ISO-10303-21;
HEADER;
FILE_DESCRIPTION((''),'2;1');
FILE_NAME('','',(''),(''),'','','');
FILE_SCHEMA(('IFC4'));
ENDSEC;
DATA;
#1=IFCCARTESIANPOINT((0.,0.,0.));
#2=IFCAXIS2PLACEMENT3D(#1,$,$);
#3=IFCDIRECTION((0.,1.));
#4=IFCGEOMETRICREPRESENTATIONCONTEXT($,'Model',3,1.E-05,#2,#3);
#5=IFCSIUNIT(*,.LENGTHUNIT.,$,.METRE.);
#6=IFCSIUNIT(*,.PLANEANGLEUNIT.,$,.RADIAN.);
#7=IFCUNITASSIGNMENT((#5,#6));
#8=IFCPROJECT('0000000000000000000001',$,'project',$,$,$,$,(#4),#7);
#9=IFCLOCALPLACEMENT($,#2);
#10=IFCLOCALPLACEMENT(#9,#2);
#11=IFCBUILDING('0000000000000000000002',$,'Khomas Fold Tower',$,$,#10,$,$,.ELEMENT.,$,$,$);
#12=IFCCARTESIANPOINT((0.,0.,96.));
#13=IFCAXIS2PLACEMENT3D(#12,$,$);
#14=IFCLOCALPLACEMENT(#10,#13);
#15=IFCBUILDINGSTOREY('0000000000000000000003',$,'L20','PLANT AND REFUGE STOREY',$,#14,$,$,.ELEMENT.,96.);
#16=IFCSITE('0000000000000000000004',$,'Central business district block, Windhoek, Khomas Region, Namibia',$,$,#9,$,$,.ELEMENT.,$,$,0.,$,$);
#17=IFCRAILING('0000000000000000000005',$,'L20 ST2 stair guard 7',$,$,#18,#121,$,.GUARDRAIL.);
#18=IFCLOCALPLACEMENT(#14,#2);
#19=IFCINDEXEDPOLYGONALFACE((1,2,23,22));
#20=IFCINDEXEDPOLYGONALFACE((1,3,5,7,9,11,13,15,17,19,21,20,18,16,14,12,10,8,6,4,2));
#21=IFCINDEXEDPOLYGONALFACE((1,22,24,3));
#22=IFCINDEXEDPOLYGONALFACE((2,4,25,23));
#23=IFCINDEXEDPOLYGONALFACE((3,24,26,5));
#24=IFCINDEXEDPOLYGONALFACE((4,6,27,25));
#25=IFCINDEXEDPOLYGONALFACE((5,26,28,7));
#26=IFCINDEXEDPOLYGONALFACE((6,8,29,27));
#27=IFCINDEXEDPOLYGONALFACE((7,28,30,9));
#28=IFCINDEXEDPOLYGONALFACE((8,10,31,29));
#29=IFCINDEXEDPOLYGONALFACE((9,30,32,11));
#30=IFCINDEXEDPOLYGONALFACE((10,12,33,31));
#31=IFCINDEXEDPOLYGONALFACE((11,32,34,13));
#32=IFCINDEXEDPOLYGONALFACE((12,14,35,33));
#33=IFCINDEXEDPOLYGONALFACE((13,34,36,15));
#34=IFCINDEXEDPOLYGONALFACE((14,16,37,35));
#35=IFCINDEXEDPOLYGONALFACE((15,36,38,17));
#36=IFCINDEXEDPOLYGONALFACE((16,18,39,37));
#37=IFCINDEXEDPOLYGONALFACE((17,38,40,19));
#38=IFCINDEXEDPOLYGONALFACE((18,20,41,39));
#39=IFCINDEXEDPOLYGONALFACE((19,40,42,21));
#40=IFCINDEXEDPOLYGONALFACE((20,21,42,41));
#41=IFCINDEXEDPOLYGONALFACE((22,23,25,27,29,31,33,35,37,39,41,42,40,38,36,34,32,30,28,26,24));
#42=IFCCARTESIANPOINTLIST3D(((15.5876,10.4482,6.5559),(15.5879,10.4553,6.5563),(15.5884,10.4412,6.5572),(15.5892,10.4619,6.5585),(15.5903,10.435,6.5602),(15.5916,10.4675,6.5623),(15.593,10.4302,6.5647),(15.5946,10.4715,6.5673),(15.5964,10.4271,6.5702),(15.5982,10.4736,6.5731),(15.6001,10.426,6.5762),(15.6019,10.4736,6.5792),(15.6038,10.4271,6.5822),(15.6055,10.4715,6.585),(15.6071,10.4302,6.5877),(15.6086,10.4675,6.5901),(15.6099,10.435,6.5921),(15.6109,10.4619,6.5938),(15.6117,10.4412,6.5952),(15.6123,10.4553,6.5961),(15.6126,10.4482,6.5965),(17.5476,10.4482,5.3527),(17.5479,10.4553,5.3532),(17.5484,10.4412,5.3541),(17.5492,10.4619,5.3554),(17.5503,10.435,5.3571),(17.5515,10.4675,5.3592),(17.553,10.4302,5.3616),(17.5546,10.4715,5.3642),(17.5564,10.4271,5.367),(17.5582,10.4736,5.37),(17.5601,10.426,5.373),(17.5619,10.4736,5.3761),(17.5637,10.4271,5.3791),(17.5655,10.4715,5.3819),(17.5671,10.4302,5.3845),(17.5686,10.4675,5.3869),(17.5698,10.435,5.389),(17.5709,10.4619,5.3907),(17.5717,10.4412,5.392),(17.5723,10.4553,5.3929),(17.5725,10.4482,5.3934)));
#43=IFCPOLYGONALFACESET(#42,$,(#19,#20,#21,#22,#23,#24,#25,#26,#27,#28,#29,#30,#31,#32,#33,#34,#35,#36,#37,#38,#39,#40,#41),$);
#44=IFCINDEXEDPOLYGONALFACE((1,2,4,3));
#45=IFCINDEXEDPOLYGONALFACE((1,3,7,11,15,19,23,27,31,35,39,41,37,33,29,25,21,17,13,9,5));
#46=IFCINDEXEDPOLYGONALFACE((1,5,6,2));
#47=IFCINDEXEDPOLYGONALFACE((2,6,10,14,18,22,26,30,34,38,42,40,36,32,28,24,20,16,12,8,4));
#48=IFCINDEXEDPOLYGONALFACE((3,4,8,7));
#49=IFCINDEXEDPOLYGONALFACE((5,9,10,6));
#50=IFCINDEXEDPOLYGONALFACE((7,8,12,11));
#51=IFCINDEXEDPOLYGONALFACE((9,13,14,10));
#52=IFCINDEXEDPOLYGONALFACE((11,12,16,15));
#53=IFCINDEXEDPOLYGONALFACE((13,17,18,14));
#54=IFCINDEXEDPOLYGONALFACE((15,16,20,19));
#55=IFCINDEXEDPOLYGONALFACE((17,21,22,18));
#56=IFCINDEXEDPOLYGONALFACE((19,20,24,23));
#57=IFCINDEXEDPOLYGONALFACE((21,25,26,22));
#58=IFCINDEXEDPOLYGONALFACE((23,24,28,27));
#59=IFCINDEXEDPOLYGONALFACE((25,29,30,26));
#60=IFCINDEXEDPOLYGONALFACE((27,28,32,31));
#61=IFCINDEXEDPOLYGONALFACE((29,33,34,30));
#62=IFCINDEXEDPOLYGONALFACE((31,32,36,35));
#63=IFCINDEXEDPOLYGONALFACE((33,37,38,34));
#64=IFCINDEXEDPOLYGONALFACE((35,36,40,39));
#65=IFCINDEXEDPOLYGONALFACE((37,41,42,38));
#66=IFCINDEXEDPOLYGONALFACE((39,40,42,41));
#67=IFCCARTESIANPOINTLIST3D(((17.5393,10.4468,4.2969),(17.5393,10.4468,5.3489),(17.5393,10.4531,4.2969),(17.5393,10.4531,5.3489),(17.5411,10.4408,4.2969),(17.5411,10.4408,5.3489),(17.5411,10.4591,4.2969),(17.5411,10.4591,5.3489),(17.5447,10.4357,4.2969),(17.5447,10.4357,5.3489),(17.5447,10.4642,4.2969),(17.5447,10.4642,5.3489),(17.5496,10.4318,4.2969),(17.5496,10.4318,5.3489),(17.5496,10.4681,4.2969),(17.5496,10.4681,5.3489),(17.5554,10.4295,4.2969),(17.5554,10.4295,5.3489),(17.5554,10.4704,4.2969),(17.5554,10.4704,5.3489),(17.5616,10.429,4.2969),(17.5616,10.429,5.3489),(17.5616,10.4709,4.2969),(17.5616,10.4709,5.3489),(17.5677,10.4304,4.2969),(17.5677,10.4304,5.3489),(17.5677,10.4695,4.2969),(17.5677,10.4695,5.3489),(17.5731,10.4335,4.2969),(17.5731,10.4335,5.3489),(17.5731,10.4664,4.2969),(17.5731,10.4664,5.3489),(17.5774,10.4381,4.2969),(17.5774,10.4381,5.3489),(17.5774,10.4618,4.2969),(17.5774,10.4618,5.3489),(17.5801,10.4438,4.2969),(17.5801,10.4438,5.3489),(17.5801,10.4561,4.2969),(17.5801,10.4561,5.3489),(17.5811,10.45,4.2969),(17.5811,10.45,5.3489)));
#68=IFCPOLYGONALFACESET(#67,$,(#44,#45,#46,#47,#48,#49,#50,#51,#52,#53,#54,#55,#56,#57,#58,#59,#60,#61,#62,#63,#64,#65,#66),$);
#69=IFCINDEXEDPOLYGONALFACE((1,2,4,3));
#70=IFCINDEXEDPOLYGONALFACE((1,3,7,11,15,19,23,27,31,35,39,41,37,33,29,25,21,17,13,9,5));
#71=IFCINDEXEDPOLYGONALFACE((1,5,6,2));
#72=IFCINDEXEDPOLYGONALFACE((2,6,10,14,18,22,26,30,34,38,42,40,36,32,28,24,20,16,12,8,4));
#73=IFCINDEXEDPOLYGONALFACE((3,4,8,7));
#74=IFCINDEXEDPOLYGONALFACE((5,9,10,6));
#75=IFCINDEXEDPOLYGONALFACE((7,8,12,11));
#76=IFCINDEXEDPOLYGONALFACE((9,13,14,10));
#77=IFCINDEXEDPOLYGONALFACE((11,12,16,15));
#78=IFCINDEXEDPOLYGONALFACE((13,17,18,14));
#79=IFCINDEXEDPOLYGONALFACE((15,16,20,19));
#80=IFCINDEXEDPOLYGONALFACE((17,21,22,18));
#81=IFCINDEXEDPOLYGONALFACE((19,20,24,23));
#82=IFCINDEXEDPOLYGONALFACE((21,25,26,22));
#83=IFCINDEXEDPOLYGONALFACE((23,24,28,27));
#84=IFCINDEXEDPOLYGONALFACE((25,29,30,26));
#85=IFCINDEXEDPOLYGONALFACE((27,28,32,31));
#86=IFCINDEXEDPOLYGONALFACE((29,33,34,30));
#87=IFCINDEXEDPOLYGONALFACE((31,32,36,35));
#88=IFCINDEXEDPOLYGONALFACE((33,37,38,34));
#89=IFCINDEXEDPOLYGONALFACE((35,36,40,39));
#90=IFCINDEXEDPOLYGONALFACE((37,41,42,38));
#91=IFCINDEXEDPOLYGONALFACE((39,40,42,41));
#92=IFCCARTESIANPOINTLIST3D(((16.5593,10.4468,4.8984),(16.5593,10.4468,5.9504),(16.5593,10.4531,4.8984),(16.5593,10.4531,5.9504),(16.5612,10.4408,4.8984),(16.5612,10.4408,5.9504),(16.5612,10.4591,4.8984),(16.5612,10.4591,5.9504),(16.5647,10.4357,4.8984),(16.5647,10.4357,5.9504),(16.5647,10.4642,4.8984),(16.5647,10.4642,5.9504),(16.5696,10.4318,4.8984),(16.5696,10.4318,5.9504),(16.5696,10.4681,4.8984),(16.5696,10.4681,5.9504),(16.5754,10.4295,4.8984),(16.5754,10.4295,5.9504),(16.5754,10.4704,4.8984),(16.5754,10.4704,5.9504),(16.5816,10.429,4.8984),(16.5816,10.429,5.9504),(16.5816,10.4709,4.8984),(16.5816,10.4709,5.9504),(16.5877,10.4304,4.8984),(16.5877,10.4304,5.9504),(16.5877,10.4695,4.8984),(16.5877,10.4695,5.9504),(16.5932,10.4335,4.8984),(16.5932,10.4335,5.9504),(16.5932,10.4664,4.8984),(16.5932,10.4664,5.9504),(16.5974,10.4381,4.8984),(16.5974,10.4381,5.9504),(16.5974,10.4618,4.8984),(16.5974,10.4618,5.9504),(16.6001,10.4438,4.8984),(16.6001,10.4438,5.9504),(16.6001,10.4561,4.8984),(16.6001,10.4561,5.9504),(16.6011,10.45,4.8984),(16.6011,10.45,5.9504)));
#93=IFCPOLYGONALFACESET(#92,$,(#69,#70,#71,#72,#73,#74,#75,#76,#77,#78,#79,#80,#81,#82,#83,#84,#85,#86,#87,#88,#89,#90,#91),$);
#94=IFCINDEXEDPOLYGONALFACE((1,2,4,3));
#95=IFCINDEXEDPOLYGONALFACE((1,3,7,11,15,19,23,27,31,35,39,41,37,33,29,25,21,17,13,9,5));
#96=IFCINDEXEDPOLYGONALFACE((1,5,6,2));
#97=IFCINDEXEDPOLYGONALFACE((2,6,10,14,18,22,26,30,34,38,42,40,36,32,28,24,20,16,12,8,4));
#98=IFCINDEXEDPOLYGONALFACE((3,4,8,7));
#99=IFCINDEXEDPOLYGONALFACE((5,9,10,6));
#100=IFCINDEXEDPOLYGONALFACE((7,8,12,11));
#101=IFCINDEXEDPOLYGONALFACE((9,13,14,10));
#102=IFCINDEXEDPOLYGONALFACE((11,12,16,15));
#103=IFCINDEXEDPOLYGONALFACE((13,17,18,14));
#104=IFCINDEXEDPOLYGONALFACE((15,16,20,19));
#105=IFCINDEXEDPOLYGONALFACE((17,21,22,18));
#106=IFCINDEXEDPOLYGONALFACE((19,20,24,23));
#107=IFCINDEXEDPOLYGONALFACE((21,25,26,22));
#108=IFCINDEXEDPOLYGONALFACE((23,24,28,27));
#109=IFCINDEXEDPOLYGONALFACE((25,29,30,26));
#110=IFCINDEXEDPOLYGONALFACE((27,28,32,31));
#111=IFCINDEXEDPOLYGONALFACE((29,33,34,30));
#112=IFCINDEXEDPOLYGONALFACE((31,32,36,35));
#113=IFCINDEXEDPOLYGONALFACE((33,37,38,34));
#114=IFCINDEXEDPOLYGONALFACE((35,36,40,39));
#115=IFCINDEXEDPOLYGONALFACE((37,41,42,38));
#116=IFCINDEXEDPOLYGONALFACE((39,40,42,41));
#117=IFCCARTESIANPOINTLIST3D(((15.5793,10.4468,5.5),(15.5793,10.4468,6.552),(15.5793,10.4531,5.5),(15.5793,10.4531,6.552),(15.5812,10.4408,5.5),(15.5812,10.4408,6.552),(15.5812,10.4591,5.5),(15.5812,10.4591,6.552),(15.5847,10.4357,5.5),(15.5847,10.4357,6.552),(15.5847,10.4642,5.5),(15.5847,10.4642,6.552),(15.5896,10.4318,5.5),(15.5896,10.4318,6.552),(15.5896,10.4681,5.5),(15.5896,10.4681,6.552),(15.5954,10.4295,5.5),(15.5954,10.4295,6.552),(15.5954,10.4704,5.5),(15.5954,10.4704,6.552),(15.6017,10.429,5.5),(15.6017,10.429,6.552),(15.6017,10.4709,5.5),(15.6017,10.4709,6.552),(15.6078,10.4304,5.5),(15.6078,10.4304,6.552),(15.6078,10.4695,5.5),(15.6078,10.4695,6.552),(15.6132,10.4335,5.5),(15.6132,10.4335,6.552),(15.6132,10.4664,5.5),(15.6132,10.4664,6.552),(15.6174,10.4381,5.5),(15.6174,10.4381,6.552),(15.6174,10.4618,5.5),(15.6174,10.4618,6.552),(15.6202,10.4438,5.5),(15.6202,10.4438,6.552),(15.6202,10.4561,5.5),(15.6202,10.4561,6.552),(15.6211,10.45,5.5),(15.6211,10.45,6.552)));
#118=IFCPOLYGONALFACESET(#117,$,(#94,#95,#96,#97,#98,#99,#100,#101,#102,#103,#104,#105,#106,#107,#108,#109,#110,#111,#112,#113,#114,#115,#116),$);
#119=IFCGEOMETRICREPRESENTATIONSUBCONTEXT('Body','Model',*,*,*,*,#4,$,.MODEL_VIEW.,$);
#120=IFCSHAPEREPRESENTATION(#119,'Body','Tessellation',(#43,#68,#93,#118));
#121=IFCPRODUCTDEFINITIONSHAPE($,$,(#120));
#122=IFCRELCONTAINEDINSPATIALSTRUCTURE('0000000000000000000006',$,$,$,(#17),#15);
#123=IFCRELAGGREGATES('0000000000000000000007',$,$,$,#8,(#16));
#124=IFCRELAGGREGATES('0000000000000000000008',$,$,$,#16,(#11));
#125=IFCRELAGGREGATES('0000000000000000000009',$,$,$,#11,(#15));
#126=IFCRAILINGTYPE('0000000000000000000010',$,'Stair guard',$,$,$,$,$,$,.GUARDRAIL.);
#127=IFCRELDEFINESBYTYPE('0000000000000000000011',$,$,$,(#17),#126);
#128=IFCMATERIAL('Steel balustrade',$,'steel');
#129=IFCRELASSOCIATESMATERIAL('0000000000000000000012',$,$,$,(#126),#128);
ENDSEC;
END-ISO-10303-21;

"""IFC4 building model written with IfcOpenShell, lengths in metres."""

from ifc_helpers import new_model, si_unit, direction, frame, origin, origin_2d, place, context, subcontext, project, spatial, circle, extrude, source, transform, mapped, material, type_object, element, save


model = new_model("IFC4")

# Units and contexts
model_context = context("Model", 3, precision=1e-05, world=origin(), true_north=direction((0.0, 1.0)))
body_context = subcontext(model_context, "Body", "Model", "MODEL_VIEW")
ifc_project = project(units=[si_unit("LENGTHUNIT", "METRE"), si_unit("PLANEANGLEUNIT", "RADIAN")], contexts=[model_context])

# Site, building, storey
site_placement = place(None, origin())
site = spatial("IfcSite", under=ifc_project, at=site_placement, Name="Central business district block, Windhoek, Khomas Region, Namibia", CompositionType="ELEMENT", RefElevation=0.0)
building_placement = place(site_placement, origin())
building = spatial("IfcBuilding", under=site, at=building_placement, Name="Khomas Fold Tower", CompositionType="ELEMENT")
storey_placement = place(building_placement, frame((0.0, 0.0, 96.0)))
storey = spatial("IfcBuildingStorey", under=building, at=storey_placement, Name="L20", Description="PLANT AND REFUGE STOREY", CompositionType="ELEMENT", Elevation=96.0)

# Railing
ifc_material_1 = material(Name="Steel balustrade", Category="steel")
railing_type_1 = type_object("IfcRailingType", Name="Stair guard", PredefinedType="GUARDRAIL", material=ifc_material_1)
shared_shape_1 = source(origin(), body_context, "Body", "SweptSolid", [
    extrude(circle(Radius=0.0239, at=origin_2d()), frame((0.0, 0.0, 1.0762), z_axis=(-0.852241, 0.0, 0.523149), x_axis=(0.0, -1.0, 0.0)), (0.0, 0.0, 1.0), 2.2998),
    extrude(circle(Radius=0.021, at=origin_2d()), origin(), (0.0, 0.0, 1.0), 1.052),
    extrude(circle(Radius=0.021, at=origin_2d()), frame((-0.98, 0.0, 0.6016)), (0.0, 0.0, 1.0), 1.052),
    extrude(circle(Radius=0.021, at=origin_2d()), frame((-1.96, 0.0, 1.2031)), (0.0, 0.0, 1.0), 1.052),
])
for number, where, name in (
    (1, (17.5601, 10.45, 4.2969), "L20 ST2 stair guard 7"),
):
    element("IfcRailing", number, at=place(storey_placement, frame(where)), inside=storey, type_object=railing_type_1, Name=name, PredefinedType="GUARDRAIL", context=body_context, shape_type="MappedRepresentation", body=[
        mapped(shared_shape_1, transform((0.0, 0.0, 0.0))),
    ])

save(model, "model.ifc")
